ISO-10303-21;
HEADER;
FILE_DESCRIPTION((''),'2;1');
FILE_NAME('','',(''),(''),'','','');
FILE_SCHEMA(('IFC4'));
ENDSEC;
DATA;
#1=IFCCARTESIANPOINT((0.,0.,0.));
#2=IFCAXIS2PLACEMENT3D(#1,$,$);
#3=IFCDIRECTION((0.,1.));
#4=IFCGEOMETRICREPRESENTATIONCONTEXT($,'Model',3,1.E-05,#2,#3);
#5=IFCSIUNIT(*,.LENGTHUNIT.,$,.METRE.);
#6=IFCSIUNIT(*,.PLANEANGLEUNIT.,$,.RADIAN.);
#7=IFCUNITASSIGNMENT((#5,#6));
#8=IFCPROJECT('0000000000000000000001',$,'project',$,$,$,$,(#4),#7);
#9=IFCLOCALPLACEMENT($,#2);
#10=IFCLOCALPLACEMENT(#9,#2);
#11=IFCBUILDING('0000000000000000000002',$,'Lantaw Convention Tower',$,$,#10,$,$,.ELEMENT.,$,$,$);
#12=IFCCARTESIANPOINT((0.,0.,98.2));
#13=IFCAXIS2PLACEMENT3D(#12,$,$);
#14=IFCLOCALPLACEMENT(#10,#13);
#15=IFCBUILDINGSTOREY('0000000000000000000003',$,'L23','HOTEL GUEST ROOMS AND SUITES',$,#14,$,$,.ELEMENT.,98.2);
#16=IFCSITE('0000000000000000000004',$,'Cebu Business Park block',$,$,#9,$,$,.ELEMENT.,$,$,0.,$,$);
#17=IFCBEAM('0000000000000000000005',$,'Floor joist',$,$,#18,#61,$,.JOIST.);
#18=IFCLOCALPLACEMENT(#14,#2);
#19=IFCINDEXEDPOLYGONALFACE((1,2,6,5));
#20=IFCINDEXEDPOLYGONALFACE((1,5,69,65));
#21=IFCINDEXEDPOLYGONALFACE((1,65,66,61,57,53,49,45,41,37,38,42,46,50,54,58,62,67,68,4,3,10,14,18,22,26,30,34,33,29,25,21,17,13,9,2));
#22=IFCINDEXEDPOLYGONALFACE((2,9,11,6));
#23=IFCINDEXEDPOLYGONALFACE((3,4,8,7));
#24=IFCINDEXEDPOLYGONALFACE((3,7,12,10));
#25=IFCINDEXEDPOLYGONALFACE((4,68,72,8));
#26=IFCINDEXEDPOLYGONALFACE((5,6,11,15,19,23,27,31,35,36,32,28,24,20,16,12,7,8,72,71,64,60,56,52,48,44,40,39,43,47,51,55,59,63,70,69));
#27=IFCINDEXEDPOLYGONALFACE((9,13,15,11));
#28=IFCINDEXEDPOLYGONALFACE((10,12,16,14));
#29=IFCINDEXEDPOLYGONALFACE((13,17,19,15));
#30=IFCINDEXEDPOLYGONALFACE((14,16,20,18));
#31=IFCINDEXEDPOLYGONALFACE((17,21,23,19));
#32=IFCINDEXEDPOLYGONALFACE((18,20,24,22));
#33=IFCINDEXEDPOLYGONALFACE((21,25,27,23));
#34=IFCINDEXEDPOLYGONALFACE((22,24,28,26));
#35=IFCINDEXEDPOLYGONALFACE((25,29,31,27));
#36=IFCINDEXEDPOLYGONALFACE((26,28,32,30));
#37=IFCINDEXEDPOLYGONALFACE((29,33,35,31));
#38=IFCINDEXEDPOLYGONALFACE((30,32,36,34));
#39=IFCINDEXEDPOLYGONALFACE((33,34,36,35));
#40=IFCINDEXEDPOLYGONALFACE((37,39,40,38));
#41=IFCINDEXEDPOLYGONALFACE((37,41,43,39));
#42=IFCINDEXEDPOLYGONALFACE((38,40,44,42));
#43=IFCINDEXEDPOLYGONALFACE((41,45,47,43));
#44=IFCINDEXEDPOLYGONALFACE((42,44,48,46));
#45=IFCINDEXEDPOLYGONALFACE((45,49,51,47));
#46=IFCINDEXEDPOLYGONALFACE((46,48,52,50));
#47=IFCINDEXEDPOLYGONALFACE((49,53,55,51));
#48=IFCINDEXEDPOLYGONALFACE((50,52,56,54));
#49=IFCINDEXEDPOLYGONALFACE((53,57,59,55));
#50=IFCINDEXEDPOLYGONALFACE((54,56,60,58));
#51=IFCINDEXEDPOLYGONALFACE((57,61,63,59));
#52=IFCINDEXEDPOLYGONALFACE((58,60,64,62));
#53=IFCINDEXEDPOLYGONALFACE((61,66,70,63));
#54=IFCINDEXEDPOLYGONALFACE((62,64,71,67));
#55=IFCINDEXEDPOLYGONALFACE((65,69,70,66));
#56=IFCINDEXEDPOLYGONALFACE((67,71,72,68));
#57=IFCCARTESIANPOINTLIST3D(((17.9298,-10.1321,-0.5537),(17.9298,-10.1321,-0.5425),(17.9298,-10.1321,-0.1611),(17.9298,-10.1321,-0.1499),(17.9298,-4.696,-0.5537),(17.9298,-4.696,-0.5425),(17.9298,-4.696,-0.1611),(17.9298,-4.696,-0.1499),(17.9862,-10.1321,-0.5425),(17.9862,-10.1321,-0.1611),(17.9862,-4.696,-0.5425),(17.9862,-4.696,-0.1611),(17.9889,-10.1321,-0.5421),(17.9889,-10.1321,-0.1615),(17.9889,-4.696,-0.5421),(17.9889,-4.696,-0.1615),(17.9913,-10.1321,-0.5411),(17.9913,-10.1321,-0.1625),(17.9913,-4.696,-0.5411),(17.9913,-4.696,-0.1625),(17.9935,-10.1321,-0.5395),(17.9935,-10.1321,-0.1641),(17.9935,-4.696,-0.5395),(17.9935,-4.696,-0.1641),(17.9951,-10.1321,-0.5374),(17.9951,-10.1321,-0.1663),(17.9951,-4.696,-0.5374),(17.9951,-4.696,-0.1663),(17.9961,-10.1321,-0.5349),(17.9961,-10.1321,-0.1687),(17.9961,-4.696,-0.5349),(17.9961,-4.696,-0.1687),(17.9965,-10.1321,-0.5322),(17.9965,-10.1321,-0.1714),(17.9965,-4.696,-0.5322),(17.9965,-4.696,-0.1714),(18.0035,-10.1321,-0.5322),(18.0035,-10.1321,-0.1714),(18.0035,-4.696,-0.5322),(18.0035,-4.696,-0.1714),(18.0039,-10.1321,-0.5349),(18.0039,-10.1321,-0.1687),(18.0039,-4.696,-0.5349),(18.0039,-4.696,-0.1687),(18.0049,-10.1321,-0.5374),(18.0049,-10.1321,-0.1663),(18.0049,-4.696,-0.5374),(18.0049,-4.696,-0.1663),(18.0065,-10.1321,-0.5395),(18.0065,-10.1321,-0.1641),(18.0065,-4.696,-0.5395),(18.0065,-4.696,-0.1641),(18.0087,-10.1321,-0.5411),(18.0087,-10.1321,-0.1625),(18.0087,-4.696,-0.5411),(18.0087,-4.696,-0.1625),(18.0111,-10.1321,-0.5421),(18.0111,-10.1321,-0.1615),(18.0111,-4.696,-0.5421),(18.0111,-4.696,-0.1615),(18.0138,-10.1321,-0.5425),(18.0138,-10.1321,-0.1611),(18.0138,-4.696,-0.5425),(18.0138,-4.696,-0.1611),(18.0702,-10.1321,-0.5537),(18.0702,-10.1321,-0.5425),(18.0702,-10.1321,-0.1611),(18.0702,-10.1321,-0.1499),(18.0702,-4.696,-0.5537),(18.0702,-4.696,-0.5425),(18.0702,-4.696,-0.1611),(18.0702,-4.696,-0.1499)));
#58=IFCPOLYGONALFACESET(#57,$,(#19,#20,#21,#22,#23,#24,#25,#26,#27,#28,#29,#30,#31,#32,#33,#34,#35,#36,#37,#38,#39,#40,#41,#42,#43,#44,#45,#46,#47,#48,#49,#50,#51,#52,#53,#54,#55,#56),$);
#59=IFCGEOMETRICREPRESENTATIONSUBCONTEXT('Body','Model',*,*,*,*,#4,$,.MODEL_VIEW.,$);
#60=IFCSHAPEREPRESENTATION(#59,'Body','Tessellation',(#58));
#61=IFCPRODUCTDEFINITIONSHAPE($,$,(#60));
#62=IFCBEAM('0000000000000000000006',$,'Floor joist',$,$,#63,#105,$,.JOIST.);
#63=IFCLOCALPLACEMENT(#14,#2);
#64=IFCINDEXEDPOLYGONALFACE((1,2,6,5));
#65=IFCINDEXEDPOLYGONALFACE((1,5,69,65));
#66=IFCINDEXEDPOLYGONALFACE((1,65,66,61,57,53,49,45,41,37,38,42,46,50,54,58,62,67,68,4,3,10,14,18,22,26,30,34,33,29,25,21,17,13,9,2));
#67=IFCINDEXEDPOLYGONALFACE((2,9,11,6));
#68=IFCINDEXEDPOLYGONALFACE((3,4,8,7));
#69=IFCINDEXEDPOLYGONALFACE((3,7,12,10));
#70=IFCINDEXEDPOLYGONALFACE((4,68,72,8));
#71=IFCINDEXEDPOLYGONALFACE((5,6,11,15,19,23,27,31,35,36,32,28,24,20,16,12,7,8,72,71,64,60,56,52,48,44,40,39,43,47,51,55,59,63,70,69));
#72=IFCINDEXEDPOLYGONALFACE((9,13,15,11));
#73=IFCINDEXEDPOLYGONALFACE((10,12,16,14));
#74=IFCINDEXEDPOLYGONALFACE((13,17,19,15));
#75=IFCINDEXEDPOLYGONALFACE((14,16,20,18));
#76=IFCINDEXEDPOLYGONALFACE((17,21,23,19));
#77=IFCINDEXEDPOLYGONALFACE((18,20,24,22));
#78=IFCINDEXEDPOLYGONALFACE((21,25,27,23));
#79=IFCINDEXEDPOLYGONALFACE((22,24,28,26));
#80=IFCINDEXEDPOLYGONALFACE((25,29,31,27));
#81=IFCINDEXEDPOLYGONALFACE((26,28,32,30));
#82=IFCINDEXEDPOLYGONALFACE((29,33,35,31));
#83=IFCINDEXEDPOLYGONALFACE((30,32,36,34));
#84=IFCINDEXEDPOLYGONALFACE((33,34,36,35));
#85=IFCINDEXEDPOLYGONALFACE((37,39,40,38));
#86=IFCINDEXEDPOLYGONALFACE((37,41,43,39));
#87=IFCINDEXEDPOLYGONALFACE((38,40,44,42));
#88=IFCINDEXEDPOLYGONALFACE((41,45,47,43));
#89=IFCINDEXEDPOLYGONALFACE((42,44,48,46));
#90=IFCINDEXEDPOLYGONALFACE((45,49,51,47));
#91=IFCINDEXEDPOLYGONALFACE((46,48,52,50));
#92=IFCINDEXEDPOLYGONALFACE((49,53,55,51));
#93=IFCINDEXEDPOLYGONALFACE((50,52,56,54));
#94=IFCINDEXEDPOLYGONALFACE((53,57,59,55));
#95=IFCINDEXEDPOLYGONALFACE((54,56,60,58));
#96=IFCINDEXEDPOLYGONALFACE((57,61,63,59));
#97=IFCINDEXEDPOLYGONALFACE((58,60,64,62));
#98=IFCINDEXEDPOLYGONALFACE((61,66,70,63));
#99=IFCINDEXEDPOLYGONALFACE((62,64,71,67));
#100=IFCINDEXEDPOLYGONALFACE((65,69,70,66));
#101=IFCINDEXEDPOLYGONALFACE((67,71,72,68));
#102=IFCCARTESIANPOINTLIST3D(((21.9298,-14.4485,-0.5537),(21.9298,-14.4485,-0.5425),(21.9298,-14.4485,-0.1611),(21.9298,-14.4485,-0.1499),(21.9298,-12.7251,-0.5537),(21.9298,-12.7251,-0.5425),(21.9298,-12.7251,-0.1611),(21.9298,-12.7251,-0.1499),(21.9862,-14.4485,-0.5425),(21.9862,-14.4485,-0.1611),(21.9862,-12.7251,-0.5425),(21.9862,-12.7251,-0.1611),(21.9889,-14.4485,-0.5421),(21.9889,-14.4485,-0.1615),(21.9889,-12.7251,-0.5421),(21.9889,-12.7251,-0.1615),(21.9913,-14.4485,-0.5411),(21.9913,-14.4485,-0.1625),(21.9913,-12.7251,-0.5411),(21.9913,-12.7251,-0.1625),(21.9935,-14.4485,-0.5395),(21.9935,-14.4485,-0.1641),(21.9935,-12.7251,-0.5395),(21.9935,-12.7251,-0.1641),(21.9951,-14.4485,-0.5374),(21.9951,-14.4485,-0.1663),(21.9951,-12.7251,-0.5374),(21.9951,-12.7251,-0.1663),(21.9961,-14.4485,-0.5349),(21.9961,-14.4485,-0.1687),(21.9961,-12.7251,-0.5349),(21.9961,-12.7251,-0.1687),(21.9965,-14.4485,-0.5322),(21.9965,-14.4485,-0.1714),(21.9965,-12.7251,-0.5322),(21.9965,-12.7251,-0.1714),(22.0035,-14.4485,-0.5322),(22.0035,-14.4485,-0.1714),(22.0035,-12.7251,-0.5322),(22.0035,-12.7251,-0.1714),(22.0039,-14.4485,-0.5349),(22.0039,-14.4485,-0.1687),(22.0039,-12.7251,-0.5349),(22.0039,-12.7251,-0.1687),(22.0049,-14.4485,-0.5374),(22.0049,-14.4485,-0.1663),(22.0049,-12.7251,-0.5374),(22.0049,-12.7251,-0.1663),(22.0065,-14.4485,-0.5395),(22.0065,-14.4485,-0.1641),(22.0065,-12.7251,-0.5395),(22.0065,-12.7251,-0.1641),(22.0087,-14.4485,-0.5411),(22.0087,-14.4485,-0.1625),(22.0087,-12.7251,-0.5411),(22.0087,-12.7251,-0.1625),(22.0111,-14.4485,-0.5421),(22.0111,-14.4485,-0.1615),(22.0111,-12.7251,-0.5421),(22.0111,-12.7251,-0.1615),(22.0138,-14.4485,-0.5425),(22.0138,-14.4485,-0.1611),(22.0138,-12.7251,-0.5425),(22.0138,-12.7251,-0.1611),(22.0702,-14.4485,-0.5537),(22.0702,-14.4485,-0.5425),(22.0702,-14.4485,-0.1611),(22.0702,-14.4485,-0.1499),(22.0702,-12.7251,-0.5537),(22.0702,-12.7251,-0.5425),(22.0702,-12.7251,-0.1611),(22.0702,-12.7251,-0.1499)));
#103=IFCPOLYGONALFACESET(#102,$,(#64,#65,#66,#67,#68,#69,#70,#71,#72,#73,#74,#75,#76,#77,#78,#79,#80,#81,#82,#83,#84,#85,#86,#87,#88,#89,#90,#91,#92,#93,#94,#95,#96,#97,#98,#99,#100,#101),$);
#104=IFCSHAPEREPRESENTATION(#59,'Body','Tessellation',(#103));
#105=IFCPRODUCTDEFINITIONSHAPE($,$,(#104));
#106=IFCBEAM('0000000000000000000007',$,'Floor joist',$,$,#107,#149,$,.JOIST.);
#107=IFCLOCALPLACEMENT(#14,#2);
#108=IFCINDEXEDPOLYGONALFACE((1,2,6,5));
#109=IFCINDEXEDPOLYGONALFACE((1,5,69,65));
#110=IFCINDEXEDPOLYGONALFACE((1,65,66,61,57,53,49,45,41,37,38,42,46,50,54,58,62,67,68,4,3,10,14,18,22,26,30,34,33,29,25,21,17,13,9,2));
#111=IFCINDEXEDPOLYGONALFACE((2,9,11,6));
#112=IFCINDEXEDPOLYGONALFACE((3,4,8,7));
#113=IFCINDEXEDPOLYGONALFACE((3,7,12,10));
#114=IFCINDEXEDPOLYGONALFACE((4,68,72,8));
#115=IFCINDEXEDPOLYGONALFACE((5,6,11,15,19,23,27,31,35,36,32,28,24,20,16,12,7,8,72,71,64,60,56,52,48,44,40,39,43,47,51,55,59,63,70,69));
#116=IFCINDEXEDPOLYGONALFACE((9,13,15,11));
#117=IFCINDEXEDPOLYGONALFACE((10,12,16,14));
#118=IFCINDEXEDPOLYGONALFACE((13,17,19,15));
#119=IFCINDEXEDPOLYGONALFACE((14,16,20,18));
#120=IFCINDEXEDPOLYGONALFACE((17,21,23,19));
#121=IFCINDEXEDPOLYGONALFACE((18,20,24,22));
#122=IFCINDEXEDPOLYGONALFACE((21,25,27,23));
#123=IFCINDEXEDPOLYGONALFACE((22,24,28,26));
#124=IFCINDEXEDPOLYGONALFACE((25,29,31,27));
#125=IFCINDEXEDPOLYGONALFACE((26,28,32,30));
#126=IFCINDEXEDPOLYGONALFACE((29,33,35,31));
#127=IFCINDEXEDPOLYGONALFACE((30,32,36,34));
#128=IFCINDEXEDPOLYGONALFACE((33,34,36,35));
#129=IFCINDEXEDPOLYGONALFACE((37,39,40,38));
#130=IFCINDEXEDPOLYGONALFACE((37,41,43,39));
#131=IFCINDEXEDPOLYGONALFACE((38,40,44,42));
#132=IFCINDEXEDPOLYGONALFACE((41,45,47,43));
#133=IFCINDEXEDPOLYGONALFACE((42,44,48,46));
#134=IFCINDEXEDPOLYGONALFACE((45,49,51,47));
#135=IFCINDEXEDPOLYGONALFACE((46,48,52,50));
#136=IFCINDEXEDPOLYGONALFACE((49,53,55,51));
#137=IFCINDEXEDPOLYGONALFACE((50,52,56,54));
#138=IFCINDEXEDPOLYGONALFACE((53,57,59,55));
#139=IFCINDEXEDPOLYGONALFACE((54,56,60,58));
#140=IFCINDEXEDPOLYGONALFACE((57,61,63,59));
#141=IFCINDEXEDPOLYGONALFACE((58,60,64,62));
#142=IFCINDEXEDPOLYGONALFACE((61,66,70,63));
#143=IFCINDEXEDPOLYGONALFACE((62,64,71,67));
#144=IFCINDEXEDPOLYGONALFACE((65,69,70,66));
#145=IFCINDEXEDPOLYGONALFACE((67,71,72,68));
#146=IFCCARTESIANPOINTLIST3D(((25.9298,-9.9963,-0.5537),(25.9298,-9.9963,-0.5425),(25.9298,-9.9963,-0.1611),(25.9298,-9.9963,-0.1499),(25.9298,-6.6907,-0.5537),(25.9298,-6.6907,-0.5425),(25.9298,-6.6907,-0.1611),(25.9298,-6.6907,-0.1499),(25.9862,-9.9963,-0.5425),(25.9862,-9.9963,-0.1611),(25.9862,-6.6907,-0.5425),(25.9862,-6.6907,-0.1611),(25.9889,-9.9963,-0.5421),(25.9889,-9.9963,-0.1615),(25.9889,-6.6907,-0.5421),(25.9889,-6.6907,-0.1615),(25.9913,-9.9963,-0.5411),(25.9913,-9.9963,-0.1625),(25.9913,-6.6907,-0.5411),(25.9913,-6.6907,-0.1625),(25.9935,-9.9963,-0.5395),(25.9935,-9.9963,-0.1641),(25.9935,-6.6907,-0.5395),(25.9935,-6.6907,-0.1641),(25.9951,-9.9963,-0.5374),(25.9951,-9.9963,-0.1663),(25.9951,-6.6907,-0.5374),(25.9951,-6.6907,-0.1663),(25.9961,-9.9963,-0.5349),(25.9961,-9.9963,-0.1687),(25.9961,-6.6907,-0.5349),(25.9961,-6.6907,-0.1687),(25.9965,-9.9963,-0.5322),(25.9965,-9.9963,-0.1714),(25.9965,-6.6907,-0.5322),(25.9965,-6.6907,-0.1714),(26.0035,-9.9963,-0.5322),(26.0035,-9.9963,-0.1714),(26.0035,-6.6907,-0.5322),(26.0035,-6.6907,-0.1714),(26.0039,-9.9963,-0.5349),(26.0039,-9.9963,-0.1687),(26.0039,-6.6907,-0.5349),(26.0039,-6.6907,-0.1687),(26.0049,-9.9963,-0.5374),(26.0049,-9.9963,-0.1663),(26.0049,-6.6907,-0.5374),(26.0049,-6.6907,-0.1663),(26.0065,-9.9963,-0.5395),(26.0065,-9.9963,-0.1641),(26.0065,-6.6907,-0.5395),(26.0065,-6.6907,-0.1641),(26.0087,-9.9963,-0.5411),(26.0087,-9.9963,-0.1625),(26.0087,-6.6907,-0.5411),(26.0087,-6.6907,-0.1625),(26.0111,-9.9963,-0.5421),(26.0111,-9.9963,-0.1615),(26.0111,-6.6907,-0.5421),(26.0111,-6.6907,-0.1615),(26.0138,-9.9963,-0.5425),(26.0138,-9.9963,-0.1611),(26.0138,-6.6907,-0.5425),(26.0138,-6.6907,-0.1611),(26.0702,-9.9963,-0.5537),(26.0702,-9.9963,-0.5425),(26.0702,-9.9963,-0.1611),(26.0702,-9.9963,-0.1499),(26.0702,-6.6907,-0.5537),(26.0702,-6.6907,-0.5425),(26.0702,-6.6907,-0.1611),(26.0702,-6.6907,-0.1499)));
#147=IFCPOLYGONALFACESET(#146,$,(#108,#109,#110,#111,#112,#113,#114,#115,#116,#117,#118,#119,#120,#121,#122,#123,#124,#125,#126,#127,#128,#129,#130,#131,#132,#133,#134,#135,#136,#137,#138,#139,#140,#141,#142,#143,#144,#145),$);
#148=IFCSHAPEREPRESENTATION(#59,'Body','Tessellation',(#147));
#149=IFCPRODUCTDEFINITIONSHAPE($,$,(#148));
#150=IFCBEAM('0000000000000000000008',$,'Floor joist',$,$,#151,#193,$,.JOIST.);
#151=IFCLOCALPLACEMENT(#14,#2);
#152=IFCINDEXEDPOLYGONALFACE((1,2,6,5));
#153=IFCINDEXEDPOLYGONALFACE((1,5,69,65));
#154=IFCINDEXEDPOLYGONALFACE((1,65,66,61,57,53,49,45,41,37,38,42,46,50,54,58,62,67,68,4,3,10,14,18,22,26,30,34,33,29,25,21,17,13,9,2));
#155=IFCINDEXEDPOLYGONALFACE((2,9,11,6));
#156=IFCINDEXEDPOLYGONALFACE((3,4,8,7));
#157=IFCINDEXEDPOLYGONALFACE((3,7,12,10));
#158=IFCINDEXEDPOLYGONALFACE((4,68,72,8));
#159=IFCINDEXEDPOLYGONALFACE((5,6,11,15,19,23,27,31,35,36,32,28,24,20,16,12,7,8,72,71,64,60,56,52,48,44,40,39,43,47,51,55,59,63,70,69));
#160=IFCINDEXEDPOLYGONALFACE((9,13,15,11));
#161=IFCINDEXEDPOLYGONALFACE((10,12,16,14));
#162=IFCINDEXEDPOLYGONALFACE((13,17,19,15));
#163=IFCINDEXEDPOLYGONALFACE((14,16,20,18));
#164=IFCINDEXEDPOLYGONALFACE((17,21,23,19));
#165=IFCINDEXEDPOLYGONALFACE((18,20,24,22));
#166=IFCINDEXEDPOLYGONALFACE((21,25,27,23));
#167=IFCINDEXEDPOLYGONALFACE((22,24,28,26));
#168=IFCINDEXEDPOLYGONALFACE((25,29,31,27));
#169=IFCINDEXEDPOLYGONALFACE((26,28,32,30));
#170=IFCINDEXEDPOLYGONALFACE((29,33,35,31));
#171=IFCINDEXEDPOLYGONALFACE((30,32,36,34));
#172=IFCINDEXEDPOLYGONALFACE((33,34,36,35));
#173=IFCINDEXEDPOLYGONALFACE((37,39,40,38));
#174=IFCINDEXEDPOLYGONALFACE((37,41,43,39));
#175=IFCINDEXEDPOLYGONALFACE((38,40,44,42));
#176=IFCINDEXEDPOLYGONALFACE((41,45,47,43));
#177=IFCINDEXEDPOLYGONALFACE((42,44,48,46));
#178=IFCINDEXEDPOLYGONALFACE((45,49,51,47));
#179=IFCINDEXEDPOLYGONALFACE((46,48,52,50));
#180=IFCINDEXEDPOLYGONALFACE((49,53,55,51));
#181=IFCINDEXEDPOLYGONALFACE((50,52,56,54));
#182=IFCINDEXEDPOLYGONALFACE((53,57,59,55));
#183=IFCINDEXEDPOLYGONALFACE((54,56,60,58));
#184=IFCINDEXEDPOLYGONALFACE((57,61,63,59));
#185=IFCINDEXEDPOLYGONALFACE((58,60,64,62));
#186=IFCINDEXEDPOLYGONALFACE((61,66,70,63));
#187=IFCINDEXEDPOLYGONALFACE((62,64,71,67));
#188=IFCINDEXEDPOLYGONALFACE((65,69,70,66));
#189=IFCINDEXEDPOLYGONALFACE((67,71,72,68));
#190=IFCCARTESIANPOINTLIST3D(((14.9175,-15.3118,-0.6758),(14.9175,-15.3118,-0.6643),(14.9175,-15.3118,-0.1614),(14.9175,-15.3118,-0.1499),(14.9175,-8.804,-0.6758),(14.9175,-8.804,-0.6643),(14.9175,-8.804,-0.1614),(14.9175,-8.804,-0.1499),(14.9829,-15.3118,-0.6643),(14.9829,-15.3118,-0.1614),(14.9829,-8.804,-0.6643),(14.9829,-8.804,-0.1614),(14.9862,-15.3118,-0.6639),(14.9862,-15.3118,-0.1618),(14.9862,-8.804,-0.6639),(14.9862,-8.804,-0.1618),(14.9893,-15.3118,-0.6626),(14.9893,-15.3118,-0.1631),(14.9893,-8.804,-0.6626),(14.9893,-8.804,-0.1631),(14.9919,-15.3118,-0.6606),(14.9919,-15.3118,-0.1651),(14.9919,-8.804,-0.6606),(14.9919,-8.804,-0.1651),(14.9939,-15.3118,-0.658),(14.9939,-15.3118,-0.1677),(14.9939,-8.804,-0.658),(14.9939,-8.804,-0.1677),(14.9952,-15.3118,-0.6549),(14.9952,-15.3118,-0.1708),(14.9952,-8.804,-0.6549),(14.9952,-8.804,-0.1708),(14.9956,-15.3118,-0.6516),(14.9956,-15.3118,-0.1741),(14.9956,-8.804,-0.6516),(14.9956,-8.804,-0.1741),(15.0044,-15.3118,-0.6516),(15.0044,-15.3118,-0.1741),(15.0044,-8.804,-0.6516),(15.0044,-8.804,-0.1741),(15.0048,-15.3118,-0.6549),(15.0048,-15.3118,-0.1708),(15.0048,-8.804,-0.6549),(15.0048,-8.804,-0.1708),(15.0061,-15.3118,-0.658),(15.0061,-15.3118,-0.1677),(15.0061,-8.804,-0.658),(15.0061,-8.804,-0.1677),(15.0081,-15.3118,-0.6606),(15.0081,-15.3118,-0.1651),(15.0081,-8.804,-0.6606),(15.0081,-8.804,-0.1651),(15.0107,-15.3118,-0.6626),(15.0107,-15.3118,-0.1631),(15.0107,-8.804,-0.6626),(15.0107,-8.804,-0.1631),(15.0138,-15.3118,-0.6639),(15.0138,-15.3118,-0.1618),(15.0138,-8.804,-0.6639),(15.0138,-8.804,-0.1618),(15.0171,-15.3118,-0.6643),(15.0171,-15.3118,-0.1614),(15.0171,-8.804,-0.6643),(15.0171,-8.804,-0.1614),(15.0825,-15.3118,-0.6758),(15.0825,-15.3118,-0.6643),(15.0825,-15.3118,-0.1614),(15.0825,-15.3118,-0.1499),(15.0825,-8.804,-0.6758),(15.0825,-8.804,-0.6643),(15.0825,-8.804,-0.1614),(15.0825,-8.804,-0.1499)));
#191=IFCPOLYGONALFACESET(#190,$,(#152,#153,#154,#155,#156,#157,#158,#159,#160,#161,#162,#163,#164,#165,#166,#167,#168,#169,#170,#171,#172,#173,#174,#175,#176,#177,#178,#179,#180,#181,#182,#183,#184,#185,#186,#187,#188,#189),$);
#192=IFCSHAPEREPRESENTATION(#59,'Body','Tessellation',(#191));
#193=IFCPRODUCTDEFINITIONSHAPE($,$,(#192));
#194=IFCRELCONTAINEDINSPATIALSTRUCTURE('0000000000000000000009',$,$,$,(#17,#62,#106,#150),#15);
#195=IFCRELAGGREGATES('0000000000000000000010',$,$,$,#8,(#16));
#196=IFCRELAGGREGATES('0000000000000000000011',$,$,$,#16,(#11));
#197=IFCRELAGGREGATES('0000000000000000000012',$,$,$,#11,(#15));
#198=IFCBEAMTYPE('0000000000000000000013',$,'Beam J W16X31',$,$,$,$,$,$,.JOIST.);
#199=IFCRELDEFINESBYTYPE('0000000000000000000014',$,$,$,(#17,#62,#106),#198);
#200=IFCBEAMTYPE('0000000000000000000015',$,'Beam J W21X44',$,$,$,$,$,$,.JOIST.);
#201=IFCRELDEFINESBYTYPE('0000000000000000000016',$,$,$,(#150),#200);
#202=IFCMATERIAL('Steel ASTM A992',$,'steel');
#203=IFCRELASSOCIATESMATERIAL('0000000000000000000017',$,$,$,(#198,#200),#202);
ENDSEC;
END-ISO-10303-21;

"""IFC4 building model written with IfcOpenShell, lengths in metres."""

from ifc_helpers import new_model, si_unit, direction, frame, origin, origin_2d, place, context, subcontext, project, spatial, i_section, extrude, material, material_profile, profile_set, type_object, element, save


model = new_model("IFC4")

# Units and contexts
model_context = context("Model", 3, precision=1e-05, world=origin(), true_north=direction((0.0, 1.0)))
body_context = subcontext(model_context, "Body", "Model", "MODEL_VIEW")
ifc_project = project(units=[si_unit("LENGTHUNIT", "METRE"), si_unit("PLANEANGLEUNIT", "RADIAN")], contexts=[model_context])

# Site, building, storey
site_placement = place(None, origin())
site = spatial("IfcSite", under=ifc_project, at=site_placement, Name="Cebu Business Park block", CompositionType="ELEMENT", RefElevation=0.0)
building_placement = place(site_placement, origin())
building = spatial("IfcBuilding", under=site, at=building_placement, Name="Lantaw Convention Tower", CompositionType="ELEMENT")
storey_placement = place(building_placement, frame((0.0, 0.0, 98.2)))
storey = spatial("IfcBuildingStorey", under=building, at=storey_placement, Name="L23", Description="HOTEL GUEST ROOMS AND SUITES", CompositionType="ELEMENT", Elevation=98.2)

# Beams
ifc_material_1 = material(Name="Steel ASTM A992", Category="steel")
ifc_material_profile_1 = material_profile(ifc_material_1, i_section(OverallWidth=0.1404, OverallDepth=0.4038, WebThickness=0.0071, FlangeThickness=0.0112, FilletRadius=0.0103, at=origin_2d()), Name="W16X31")
ifc_profile_set_1 = profile_set([ifc_material_profile_1], Name="Steel ASTM A992")
beam_type_1 = type_object("IfcBeamType", Name="Beam J W16X31", PredefinedType="JOIST", material=ifc_profile_set_1)
beam_1_placement = place(storey_placement, frame((18.0, -10.1321, -0.3518), z_axis=(0.0, 1.0, 0.0), x_axis=(-1.0, 0.0, 0.0)))
element("IfcBeam", 1, at=beam_1_placement, inside=storey, type_object=beam_type_1, Name="Floor joist", PredefinedType="JOIST", context=body_context, shape_type="SweptSolid", body=[
    extrude(i_section(OverallWidth=0.1404, OverallDepth=0.4038, WebThickness=0.0071, FlangeThickness=0.0112, FilletRadius=0.0103, at=origin_2d()), origin(), (0.0, 0.0, 1.0), 5.436),
])
beam_2_placement = place(storey_placement, frame((22.0, -14.4485, -0.3518), z_axis=(0.0, 1.0, 0.0), x_axis=(-1.0, 0.0, 0.0)))
element("IfcBeam", 2, at=beam_2_placement, inside=storey, type_object=beam_type_1, Name="Floor joist", PredefinedType="JOIST", context=body_context, shape_type="SweptSolid", body=[
    extrude(i_section(OverallWidth=0.1404, OverallDepth=0.4038, WebThickness=0.0071, FlangeThickness=0.0112, FilletRadius=0.0103, at=origin_2d()), origin(), (0.0, 0.0, 1.0), 1.7234),
])
beam_3_placement = place(storey_placement, frame((26.0, -9.9963, -0.3518), z_axis=(0.0, 1.0, 0.0), x_axis=(-1.0, 0.0, 0.0)))
element("IfcBeam", 3, at=beam_3_placement, inside=storey, type_object=beam_type_1, Name="Floor joist", PredefinedType="JOIST", context=body_context, shape_type="SweptSolid", body=[
    extrude(i_section(OverallWidth=0.1404, OverallDepth=0.4038, WebThickness=0.0071, FlangeThickness=0.0112, FilletRadius=0.0103, at=origin_2d()), origin(), (0.0, 0.0, 1.0), 3.3057),
])
ifc_material_profile_2 = material_profile(ifc_material_1, i_section(OverallWidth=0.165, OverallDepth=0.5259, WebThickness=0.0088, FlangeThickness=0.0115, FilletRadius=0.0127, at=origin_2d()), Name="W21X44")
ifc_profile_set_2 = profile_set([ifc_material_profile_2], Name="Steel ASTM A992")
beam_type_2 = type_object("IfcBeamType", Name="Beam J W21X44", PredefinedType="JOIST", material=ifc_profile_set_2)
beam_4_placement = place(storey_placement, frame((15.0, -15.3118, -0.4128), z_axis=(0.0, 1.0, 0.0), x_axis=(-1.0, 0.0, 0.0)))
element("IfcBeam", 4, at=beam_4_placement, inside=storey, type_object=beam_type_2, Name="Floor joist", PredefinedType="JOIST", context=body_context, shape_type="SweptSolid", body=[
    extrude(i_section(OverallWidth=0.165, OverallDepth=0.5259, WebThickness=0.0088, FlangeThickness=0.0115, FilletRadius=0.0127, at=origin_2d()), origin(), (0.0, 0.0, 1.0), 6.5078),
])

save(model, "model.ifc")
